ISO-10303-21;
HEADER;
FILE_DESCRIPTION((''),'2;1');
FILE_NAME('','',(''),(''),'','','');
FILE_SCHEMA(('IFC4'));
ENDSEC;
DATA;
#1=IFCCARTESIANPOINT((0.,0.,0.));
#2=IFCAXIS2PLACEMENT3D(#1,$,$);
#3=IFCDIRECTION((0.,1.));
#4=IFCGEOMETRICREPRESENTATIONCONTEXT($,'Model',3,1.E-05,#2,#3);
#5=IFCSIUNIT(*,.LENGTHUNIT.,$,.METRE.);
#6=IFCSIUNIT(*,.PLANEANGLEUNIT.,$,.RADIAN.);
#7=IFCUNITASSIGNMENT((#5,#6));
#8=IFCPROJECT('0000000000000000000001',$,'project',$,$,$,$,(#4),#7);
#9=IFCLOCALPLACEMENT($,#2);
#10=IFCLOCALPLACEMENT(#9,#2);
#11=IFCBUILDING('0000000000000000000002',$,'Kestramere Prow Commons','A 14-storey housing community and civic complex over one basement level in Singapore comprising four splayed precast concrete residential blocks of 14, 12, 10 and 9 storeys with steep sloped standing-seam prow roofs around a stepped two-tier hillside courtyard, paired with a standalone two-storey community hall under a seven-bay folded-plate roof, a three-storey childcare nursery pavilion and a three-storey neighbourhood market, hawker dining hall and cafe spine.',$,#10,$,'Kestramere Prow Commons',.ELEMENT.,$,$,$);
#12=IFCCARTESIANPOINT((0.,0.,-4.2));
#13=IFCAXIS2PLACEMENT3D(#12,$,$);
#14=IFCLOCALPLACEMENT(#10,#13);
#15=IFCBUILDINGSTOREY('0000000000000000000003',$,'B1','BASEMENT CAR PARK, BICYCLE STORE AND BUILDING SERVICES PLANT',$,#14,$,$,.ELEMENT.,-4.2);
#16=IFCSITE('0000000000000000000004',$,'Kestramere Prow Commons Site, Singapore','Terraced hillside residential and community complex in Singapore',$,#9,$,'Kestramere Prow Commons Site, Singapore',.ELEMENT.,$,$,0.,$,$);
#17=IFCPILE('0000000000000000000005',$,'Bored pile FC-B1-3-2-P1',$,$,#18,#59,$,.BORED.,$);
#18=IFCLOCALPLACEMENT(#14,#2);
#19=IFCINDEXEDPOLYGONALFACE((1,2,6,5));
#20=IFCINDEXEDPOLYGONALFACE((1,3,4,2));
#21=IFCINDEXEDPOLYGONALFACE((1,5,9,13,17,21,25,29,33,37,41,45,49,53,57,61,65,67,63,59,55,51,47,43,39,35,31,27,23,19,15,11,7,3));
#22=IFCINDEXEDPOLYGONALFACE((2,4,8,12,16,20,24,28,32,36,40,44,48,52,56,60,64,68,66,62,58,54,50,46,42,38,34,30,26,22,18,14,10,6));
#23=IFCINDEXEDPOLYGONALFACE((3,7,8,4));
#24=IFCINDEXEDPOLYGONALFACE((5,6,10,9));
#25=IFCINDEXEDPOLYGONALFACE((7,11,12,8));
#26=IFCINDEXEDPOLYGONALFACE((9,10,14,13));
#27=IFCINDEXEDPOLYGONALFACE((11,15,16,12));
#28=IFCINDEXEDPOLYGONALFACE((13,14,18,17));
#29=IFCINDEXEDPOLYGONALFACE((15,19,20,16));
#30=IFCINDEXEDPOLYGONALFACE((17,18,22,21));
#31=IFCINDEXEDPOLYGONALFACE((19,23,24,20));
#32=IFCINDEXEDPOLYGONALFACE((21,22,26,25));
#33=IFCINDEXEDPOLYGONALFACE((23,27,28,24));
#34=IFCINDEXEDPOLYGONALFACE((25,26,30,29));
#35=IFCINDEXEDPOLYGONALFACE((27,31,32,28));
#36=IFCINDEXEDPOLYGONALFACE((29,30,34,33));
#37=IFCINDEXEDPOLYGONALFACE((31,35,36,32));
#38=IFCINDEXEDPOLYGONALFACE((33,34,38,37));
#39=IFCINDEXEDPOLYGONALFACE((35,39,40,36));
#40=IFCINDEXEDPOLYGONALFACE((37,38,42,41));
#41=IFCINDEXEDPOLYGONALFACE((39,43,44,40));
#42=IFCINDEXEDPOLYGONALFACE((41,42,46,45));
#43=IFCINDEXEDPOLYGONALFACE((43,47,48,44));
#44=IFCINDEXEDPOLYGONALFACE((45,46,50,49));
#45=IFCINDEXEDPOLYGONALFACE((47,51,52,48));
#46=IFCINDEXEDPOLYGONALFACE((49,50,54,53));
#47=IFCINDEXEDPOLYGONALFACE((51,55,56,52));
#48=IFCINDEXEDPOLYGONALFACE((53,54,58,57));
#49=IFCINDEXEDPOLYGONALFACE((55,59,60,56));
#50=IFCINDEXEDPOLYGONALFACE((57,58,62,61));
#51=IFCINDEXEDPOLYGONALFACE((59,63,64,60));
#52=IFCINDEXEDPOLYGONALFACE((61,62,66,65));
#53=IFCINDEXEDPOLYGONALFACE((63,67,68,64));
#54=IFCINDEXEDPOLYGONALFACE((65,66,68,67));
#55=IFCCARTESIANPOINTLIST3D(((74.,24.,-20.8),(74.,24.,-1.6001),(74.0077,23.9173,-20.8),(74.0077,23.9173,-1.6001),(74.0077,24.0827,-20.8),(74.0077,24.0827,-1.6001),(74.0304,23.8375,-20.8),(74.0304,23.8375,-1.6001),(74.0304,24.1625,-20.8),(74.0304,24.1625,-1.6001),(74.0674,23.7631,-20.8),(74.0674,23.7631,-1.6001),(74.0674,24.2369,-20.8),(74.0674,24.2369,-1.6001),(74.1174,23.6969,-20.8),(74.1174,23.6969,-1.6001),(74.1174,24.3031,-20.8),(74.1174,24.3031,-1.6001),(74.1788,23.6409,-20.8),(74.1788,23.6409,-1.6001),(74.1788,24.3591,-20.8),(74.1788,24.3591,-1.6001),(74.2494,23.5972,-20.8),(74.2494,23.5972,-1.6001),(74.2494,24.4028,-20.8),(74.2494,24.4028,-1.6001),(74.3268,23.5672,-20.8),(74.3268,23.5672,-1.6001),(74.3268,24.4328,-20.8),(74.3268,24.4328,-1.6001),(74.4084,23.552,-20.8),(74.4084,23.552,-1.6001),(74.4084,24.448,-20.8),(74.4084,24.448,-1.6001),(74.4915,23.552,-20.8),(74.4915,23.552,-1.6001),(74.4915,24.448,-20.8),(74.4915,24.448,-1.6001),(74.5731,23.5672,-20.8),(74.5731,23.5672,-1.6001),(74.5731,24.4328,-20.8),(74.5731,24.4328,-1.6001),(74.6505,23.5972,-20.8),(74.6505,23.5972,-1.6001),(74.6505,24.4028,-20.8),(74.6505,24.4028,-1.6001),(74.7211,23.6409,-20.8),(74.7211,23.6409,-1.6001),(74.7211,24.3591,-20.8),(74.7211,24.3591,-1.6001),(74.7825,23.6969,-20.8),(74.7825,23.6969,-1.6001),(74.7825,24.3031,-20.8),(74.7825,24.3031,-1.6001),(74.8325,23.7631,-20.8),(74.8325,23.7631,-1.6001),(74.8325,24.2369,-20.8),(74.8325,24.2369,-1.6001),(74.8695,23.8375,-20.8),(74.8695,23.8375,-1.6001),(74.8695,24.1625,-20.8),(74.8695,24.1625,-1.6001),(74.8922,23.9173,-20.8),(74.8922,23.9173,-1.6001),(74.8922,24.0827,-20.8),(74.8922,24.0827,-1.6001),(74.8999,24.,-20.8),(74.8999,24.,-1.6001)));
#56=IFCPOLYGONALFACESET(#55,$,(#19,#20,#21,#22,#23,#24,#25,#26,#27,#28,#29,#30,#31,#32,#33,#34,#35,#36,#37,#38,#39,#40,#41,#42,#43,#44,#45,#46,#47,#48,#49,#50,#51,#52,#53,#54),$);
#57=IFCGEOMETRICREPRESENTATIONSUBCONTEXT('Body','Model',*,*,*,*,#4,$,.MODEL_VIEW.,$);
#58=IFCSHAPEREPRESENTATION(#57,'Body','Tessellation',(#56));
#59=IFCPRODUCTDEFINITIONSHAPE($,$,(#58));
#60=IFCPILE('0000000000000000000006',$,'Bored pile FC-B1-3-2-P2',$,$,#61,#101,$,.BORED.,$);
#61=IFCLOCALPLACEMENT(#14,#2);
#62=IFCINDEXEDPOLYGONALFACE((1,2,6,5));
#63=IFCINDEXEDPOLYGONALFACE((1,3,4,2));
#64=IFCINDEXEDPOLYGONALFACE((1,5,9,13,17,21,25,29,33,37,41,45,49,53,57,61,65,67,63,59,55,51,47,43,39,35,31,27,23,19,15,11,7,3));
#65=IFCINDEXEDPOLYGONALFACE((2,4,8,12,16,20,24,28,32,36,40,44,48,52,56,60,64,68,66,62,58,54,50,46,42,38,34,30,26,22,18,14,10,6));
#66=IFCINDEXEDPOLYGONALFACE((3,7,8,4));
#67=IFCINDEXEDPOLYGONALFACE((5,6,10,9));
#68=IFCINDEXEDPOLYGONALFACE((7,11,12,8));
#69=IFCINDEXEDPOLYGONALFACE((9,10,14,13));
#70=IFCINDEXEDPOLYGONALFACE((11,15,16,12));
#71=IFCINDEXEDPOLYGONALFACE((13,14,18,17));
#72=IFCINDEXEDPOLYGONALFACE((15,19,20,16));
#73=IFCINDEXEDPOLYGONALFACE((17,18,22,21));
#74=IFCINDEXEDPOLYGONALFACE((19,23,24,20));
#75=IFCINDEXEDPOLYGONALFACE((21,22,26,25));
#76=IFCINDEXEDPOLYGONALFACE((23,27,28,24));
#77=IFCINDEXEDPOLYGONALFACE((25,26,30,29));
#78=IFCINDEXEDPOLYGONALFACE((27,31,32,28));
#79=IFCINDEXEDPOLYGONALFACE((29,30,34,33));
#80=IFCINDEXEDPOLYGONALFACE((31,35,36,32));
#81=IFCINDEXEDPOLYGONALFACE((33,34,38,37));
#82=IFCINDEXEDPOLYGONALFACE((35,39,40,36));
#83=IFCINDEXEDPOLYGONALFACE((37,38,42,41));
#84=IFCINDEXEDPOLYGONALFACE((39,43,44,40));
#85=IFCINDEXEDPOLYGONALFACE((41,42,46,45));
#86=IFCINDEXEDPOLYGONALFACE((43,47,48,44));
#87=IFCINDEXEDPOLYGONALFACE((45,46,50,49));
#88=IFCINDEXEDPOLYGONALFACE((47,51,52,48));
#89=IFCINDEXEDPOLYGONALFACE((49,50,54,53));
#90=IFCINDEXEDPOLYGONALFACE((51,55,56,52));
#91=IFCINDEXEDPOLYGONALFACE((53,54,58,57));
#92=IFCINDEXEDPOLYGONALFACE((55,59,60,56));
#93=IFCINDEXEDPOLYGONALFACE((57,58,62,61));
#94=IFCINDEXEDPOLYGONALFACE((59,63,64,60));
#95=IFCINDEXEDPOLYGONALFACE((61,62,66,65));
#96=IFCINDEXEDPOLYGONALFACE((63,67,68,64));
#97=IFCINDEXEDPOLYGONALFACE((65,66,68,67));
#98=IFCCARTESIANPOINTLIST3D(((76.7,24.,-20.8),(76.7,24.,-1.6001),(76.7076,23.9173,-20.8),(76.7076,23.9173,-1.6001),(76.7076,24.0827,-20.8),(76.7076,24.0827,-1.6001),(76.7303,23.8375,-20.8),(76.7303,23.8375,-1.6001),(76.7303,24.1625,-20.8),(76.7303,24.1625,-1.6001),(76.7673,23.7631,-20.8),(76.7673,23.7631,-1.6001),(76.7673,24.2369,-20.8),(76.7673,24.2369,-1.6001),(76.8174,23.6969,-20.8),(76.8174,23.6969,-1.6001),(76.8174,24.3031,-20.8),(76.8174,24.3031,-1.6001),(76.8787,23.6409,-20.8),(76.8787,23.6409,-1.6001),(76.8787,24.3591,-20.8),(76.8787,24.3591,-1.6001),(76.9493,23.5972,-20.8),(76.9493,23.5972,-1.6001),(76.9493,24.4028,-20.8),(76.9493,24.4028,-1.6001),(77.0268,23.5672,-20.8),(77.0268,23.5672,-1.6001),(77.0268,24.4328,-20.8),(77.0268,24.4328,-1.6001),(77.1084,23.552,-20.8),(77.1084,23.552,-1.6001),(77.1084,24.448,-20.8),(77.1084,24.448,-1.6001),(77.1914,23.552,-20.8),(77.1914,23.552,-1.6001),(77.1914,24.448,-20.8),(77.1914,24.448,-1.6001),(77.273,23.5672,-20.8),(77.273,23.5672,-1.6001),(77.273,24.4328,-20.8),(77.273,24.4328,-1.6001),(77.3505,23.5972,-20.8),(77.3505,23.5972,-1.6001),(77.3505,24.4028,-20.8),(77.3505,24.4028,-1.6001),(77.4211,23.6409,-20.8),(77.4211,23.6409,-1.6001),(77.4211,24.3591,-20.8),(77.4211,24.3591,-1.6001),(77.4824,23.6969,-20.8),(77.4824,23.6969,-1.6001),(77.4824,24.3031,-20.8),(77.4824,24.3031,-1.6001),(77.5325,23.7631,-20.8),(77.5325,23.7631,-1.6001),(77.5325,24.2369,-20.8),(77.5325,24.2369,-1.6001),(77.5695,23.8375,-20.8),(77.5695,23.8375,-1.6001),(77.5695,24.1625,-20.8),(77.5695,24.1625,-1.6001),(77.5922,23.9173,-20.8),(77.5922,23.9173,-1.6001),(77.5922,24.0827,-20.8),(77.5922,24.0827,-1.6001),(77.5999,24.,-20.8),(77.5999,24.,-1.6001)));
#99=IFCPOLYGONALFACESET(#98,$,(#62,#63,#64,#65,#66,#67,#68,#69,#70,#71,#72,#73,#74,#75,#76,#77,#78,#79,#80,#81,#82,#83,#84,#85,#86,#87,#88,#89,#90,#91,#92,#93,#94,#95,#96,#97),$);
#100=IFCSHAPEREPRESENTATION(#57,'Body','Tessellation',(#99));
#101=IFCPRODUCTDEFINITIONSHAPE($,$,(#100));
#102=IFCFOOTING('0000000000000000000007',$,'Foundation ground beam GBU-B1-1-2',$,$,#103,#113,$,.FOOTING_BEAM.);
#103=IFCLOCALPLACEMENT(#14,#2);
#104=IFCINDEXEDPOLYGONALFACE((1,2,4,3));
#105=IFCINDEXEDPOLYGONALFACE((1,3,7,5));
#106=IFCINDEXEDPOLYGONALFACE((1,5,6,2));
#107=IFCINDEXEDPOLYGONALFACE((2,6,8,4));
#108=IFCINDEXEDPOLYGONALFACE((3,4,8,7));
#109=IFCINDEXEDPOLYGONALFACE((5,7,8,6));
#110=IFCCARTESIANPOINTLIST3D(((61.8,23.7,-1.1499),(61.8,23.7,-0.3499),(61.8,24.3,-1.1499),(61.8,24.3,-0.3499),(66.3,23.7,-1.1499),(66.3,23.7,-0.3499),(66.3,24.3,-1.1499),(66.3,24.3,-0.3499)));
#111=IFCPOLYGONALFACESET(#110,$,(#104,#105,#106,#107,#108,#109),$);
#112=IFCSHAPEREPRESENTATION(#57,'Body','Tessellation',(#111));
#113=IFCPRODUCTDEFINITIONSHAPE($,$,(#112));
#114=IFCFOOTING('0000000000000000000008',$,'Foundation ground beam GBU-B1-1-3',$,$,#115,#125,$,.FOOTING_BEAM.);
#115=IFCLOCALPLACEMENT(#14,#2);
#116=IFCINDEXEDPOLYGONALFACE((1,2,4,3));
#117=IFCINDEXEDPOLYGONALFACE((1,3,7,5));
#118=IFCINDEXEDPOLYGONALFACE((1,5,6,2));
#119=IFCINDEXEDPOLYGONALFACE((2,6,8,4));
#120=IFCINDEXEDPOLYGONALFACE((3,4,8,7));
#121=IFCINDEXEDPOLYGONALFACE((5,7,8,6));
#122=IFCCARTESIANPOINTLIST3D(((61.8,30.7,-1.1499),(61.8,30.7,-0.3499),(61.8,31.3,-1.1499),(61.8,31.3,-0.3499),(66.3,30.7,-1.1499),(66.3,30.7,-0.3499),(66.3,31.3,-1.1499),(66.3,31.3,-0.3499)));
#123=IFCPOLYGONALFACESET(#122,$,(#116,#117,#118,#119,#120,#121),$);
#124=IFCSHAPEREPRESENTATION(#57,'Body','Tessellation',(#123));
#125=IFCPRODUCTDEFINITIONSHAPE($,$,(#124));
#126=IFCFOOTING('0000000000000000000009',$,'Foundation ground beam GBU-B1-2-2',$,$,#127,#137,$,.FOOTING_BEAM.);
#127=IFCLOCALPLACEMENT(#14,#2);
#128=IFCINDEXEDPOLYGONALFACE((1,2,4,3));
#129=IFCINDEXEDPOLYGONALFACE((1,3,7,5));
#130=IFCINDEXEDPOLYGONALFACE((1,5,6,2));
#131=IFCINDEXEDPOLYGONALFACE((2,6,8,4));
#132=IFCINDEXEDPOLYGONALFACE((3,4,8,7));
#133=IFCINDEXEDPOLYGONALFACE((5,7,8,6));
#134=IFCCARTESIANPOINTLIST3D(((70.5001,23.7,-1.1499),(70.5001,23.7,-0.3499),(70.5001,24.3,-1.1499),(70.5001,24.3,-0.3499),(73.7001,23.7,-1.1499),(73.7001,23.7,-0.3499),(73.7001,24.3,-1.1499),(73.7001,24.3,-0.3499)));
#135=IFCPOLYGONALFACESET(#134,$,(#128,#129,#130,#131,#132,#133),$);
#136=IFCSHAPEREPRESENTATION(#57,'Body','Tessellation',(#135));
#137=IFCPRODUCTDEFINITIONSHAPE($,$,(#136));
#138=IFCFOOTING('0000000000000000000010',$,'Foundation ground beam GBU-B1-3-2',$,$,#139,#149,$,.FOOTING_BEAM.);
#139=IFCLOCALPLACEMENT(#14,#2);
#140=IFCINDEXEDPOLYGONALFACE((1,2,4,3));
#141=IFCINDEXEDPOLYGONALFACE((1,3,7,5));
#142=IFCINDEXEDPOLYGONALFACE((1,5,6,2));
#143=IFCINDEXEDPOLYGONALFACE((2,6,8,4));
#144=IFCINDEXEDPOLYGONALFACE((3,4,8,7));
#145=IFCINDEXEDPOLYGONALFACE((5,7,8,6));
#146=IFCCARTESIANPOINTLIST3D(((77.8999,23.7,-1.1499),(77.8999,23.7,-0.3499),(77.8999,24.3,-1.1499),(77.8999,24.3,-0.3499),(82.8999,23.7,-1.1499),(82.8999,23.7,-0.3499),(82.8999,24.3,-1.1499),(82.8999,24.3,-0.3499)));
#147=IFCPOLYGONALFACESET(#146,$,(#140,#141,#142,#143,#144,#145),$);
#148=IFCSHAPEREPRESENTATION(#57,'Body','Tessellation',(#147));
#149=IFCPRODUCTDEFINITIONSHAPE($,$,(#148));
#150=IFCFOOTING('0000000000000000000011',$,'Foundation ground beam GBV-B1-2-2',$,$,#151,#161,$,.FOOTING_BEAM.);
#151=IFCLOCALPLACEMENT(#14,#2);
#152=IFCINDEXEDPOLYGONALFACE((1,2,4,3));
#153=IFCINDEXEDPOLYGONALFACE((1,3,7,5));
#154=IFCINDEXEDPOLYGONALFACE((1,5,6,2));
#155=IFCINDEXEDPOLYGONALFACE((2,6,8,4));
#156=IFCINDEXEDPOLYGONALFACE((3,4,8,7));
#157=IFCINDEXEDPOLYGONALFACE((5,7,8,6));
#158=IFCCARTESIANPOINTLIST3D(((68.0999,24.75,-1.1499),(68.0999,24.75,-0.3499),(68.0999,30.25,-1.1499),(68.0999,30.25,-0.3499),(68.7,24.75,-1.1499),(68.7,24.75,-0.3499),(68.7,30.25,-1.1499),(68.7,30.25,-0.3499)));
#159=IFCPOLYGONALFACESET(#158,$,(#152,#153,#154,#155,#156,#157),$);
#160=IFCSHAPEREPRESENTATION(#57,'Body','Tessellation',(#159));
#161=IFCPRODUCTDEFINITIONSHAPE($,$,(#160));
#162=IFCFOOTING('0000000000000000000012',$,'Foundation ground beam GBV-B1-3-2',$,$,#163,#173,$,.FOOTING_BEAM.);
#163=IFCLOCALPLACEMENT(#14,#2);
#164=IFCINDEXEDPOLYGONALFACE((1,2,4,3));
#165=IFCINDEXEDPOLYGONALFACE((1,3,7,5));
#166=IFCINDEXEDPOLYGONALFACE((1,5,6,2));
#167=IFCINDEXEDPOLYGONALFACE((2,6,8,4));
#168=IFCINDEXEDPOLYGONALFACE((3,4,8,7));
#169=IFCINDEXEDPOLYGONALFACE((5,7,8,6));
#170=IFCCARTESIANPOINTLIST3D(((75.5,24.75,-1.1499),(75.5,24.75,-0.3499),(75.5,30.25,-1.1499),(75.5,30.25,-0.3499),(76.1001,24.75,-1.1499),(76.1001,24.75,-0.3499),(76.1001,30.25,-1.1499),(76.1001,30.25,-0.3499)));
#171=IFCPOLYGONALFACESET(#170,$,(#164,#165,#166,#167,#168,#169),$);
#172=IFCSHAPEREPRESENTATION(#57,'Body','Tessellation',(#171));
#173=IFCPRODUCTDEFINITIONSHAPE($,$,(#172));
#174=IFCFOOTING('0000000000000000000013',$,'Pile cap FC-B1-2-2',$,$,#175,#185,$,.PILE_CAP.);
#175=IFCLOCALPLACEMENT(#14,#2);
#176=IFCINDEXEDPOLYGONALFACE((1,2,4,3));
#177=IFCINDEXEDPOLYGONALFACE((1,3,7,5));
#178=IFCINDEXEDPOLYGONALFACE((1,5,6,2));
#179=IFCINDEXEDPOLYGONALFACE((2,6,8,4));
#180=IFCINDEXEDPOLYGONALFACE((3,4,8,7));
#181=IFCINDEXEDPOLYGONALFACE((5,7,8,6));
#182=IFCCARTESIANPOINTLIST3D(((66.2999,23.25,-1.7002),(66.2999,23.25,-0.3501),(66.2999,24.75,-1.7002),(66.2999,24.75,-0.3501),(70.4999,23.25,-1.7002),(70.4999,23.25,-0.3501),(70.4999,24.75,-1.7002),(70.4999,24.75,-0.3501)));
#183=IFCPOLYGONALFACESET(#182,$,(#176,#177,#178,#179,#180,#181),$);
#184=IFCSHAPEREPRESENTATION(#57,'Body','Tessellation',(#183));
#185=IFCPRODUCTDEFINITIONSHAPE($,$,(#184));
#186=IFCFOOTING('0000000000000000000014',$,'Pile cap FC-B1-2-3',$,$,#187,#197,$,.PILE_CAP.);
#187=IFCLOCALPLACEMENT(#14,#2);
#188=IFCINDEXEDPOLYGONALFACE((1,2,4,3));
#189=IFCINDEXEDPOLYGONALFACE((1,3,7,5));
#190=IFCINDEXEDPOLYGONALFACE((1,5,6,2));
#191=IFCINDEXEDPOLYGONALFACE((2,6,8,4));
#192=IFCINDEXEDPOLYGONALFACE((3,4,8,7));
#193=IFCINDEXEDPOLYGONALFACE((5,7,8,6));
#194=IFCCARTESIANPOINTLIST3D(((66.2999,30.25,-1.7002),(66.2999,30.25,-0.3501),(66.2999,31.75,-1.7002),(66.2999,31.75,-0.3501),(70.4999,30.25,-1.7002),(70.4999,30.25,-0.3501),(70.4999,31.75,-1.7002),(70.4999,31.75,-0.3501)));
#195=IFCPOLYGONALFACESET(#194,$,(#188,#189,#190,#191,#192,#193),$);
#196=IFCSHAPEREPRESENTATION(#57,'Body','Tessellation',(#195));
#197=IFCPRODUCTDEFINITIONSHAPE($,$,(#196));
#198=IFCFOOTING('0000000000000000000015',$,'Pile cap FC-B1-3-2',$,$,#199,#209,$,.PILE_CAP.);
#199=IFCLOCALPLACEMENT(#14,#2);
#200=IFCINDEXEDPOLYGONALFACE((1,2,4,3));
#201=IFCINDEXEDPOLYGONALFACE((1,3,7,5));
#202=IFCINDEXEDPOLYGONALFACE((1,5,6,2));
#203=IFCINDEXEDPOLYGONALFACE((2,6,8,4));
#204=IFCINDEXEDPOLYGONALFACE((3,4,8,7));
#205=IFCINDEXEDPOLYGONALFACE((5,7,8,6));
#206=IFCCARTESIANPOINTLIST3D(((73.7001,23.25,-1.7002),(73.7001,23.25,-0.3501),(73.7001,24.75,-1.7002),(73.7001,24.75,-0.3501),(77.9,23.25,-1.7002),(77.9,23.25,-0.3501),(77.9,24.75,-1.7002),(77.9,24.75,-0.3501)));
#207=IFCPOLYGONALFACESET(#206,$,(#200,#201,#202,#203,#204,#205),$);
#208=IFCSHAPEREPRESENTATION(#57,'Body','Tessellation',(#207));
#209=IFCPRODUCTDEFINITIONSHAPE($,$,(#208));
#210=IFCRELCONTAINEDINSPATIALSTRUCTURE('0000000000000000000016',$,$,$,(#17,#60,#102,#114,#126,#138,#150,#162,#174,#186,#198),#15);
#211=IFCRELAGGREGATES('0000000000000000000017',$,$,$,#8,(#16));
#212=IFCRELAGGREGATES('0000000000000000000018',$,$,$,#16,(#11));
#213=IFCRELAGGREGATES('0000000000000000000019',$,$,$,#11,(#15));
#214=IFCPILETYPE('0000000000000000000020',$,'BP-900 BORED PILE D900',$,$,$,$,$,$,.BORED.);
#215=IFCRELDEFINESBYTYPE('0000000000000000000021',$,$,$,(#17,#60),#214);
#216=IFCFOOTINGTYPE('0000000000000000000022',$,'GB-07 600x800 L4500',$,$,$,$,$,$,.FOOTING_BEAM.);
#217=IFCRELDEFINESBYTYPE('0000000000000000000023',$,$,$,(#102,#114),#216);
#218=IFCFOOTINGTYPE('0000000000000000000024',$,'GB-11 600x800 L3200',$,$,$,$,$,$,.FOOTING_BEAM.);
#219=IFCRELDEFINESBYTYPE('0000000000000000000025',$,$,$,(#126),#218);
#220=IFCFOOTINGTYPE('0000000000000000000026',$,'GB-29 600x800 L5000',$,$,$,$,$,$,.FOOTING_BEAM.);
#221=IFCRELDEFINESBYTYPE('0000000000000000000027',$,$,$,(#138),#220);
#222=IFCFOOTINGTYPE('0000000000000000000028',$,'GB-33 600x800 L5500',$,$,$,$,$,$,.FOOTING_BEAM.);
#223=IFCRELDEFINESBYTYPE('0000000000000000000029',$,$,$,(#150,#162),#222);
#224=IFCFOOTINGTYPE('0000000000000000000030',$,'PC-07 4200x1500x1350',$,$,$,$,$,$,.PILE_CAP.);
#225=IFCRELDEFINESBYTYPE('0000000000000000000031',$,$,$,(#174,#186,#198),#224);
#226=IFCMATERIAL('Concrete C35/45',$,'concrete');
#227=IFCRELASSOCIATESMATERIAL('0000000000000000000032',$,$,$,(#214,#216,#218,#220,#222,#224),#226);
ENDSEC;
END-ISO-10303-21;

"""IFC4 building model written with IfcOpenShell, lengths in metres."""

from ifc_helpers import new_model, si_unit, direction, frame, origin, origin_2d, place, context, subcontext, project, spatial, rectangle, circle, extrude, material, material_profile, profile_set, type_object, element, save


model = new_model("IFC4")

# Units and contexts
model_context = context("Model", 3, precision=1e-05, world=origin(), true_north=direction((0.0, 1.0)))
body_context = subcontext(model_context, "Body", "Model", "MODEL_VIEW")
ifc_project = project(units=[si_unit("LENGTHUNIT", "METRE"), si_unit("PLANEANGLEUNIT", "RADIAN")], contexts=[model_context])

# Site, building, storey
site_placement = place(None, origin())
site = spatial("IfcSite", under=ifc_project, at=site_placement, Name="Kestramere Prow Commons Site, Singapore", Description="Terraced hillside residential and community complex in Singapore", LongName="Kestramere Prow Commons Site, Singapore", CompositionType="ELEMENT", RefElevation=0.0)
building_placement = place(site_placement, origin())
building = spatial("IfcBuilding", under=site, at=building_placement, Name="Kestramere Prow Commons", Description="A 14-storey housing community and civic complex over one basement level in Singapore comprising four splayed precast concrete residential blocks of 14, 12, 10 and 9 storeys with steep sloped standing-seam prow roofs around a stepped two-tier hillside courtyard, paired with a standalone two-storey community hall under a seven-bay folded-plate roof, a three-storey childcare nursery pavilion and a three-storey neighbourhood market, hawker dining hall and cafe spine.", LongName="Kestramere Prow Commons", CompositionType="ELEMENT")
storey_placement = place(building_placement, frame((0.0, 0.0, -4.2)))
storey = spatial("IfcBuildingStorey", under=building, at=storey_placement, Name="B1", Description="BASEMENT CAR PARK, BICYCLE STORE AND BUILDING SERVICES PLANT", CompositionType="ELEMENT", Elevation=-4.2)

# Piles
ifc_material_1 = material(Name="Concrete C35/45", Category="concrete")
ifc_material_profile_1 = material_profile(ifc_material_1, circle(Radius=0.45, at=origin_2d()), Name="BORED PILE D900")
ifc_profile_set_1 = profile_set([ifc_material_profile_1], Name="Concrete C35/45")
pile_type_1 = type_object("IfcPileType", Name="BP-900 BORED PILE D900", PredefinedType="BORED", material=ifc_profile_set_1)
for number, where, z_axis, x_axis, name in (
    (1, (74.45, 24.0, -1.6001), (0.0, 0.0, -1.0), (1.0, 0.0, 0.0), "Bored pile FC-B1-3-2-P1"),
    (2, (77.1499, 24.0, -1.6001), (0.0, 0.0, -1.0), (1.0, 0.0, 0.0), "Bored pile FC-B1-3-2-P2"),
):
    element("IfcPile", number, at=place(storey_placement, frame(where, z_axis=z_axis, x_axis=x_axis)), inside=storey, type_object=pile_type_1, Name=name, PredefinedType="BORED", context=body_context, shape_type="SweptSolid", body=[
        extrude(circle(Radius=0.45, at=origin_2d()), origin(), (0.0, 0.0, 1.0), 19.2),
    ])

# Footings
footing_type_1 = type_object("IfcFootingType", Name="GB-07 600x800 L4500", PredefinedType="FOOTING_BEAM", material=ifc_material_1)
for number, where, z_axis, x_axis, name in (
    (3, (64.05, 24.0, -1.1499), (0.0, 0.0, 1.0), (1.0, 0.0, 0.0), "Foundation ground beam GBU-B1-1-2"),
    (4, (64.05, 31.0, -1.1499), (0.0, 0.0, 1.0), (1.0, 0.0, 0.0), "Foundation ground beam GBU-B1-1-3"),
):
    element("IfcFooting", number, at=place(storey_placement, frame(where, z_axis=z_axis, x_axis=x_axis)), inside=storey, type_object=footing_type_1, Name=name, PredefinedType="FOOTING_BEAM", context=body_context, shape_type="SweptSolid", body=[
        extrude(rectangle(XDim=4.5, YDim=0.6001, at=origin_2d()), origin(), (0.0, 0.0, 1.0), 0.8),
    ])
footing_type_2 = type_object("IfcFootingType", Name="GB-11 600x800 L3200", PredefinedType="FOOTING_BEAM", material=ifc_material_1)
footing_1_placement = place(storey_placement, frame((72.1001, 24.0, -1.1499), z_axis=(0.0, 0.0, 1.0), x_axis=(1.0, 0.0, 0.0)))
element("IfcFooting", 5, at=footing_1_placement, inside=storey, type_object=footing_type_2, Name="Foundation ground beam GBU-B1-2-2", PredefinedType="FOOTING_BEAM", context=body_context, shape_type="SweptSolid", body=[
    extrude(rectangle(XDim=3.2, YDim=0.6001, at=origin_2d()), origin(), (0.0, 0.0, 1.0), 0.8),
])
footing_type_3 = type_object("IfcFootingType", Name="GB-29 600x800 L5000", PredefinedType="FOOTING_BEAM", material=ifc_material_1)
footing_2_placement = place(storey_placement, frame((80.3999, 24.0, -1.1499), z_axis=(0.0, 0.0, 1.0), x_axis=(1.0, 0.0, 0.0)))
element("IfcFooting", 6, at=footing_2_placement, inside=storey, type_object=footing_type_3, Name="Foundation ground beam GBU-B1-3-2", PredefinedType="FOOTING_BEAM", context=body_context, shape_type="SweptSolid", body=[
    extrude(rectangle(XDim=5.0, YDim=0.6001, at=origin_2d()), origin(), (0.0, 0.0, 1.0), 0.8),
])
footing_type_4 = type_object("IfcFootingType", Name="GB-33 600x800 L5500", PredefinedType="FOOTING_BEAM", material=ifc_material_1)
for number, where, z_axis, x_axis, name in (
    (7, (68.3999, 27.5, -1.1499), (0.0, 0.0, 1.0), (0.0, 1.0, 0.0), "Foundation ground beam GBV-B1-2-2"),
    (8, (75.8, 27.5, -1.1499), (0.0, 0.0, 1.0), (0.0, 1.0, 0.0), "Foundation ground beam GBV-B1-3-2"),
):
    element("IfcFooting", number, at=place(storey_placement, frame(where, z_axis=z_axis, x_axis=x_axis)), inside=storey, type_object=footing_type_4, Name=name, PredefinedType="FOOTING_BEAM", context=body_context, shape_type="SweptSolid", body=[
        extrude(rectangle(XDim=5.5, YDim=0.6001, at=origin_2d()), origin(), (0.0, 0.0, 1.0), 0.8),
    ])
footing_type_5 = type_object("IfcFootingType", Name="PC-07 4200x1500x1350", PredefinedType="PILE_CAP", material=ifc_material_1)
for number, where, z_axis, x_axis, name in (
    (9, (68.3999, 24.0, -1.7002), (0.0, 0.0, 1.0), (1.0, 0.0, 0.0), "Pile cap FC-B1-2-2"),
    (10, (68.3999, 31.0, -1.7002), (0.0, 0.0, 1.0), (1.0, 0.0, 0.0), "Pile cap FC-B1-2-3"),
    (11, (75.8, 24.0, -1.7002), (0.0, 0.0, 1.0), (1.0, 0.0, 0.0), "Pile cap FC-B1-3-2"),
):
    element("IfcFooting", number, at=place(storey_placement, frame(where, z_axis=z_axis, x_axis=x_axis)), inside=storey, type_object=footing_type_5, Name=name, PredefinedType="PILE_CAP", context=body_context, shape_type="SweptSolid", body=[
        extrude(rectangle(XDim=4.2, YDim=1.5, at=origin_2d()), origin(), (0.0, 0.0, 1.0), 1.3501),
    ])

save(model, "model.ifc")
